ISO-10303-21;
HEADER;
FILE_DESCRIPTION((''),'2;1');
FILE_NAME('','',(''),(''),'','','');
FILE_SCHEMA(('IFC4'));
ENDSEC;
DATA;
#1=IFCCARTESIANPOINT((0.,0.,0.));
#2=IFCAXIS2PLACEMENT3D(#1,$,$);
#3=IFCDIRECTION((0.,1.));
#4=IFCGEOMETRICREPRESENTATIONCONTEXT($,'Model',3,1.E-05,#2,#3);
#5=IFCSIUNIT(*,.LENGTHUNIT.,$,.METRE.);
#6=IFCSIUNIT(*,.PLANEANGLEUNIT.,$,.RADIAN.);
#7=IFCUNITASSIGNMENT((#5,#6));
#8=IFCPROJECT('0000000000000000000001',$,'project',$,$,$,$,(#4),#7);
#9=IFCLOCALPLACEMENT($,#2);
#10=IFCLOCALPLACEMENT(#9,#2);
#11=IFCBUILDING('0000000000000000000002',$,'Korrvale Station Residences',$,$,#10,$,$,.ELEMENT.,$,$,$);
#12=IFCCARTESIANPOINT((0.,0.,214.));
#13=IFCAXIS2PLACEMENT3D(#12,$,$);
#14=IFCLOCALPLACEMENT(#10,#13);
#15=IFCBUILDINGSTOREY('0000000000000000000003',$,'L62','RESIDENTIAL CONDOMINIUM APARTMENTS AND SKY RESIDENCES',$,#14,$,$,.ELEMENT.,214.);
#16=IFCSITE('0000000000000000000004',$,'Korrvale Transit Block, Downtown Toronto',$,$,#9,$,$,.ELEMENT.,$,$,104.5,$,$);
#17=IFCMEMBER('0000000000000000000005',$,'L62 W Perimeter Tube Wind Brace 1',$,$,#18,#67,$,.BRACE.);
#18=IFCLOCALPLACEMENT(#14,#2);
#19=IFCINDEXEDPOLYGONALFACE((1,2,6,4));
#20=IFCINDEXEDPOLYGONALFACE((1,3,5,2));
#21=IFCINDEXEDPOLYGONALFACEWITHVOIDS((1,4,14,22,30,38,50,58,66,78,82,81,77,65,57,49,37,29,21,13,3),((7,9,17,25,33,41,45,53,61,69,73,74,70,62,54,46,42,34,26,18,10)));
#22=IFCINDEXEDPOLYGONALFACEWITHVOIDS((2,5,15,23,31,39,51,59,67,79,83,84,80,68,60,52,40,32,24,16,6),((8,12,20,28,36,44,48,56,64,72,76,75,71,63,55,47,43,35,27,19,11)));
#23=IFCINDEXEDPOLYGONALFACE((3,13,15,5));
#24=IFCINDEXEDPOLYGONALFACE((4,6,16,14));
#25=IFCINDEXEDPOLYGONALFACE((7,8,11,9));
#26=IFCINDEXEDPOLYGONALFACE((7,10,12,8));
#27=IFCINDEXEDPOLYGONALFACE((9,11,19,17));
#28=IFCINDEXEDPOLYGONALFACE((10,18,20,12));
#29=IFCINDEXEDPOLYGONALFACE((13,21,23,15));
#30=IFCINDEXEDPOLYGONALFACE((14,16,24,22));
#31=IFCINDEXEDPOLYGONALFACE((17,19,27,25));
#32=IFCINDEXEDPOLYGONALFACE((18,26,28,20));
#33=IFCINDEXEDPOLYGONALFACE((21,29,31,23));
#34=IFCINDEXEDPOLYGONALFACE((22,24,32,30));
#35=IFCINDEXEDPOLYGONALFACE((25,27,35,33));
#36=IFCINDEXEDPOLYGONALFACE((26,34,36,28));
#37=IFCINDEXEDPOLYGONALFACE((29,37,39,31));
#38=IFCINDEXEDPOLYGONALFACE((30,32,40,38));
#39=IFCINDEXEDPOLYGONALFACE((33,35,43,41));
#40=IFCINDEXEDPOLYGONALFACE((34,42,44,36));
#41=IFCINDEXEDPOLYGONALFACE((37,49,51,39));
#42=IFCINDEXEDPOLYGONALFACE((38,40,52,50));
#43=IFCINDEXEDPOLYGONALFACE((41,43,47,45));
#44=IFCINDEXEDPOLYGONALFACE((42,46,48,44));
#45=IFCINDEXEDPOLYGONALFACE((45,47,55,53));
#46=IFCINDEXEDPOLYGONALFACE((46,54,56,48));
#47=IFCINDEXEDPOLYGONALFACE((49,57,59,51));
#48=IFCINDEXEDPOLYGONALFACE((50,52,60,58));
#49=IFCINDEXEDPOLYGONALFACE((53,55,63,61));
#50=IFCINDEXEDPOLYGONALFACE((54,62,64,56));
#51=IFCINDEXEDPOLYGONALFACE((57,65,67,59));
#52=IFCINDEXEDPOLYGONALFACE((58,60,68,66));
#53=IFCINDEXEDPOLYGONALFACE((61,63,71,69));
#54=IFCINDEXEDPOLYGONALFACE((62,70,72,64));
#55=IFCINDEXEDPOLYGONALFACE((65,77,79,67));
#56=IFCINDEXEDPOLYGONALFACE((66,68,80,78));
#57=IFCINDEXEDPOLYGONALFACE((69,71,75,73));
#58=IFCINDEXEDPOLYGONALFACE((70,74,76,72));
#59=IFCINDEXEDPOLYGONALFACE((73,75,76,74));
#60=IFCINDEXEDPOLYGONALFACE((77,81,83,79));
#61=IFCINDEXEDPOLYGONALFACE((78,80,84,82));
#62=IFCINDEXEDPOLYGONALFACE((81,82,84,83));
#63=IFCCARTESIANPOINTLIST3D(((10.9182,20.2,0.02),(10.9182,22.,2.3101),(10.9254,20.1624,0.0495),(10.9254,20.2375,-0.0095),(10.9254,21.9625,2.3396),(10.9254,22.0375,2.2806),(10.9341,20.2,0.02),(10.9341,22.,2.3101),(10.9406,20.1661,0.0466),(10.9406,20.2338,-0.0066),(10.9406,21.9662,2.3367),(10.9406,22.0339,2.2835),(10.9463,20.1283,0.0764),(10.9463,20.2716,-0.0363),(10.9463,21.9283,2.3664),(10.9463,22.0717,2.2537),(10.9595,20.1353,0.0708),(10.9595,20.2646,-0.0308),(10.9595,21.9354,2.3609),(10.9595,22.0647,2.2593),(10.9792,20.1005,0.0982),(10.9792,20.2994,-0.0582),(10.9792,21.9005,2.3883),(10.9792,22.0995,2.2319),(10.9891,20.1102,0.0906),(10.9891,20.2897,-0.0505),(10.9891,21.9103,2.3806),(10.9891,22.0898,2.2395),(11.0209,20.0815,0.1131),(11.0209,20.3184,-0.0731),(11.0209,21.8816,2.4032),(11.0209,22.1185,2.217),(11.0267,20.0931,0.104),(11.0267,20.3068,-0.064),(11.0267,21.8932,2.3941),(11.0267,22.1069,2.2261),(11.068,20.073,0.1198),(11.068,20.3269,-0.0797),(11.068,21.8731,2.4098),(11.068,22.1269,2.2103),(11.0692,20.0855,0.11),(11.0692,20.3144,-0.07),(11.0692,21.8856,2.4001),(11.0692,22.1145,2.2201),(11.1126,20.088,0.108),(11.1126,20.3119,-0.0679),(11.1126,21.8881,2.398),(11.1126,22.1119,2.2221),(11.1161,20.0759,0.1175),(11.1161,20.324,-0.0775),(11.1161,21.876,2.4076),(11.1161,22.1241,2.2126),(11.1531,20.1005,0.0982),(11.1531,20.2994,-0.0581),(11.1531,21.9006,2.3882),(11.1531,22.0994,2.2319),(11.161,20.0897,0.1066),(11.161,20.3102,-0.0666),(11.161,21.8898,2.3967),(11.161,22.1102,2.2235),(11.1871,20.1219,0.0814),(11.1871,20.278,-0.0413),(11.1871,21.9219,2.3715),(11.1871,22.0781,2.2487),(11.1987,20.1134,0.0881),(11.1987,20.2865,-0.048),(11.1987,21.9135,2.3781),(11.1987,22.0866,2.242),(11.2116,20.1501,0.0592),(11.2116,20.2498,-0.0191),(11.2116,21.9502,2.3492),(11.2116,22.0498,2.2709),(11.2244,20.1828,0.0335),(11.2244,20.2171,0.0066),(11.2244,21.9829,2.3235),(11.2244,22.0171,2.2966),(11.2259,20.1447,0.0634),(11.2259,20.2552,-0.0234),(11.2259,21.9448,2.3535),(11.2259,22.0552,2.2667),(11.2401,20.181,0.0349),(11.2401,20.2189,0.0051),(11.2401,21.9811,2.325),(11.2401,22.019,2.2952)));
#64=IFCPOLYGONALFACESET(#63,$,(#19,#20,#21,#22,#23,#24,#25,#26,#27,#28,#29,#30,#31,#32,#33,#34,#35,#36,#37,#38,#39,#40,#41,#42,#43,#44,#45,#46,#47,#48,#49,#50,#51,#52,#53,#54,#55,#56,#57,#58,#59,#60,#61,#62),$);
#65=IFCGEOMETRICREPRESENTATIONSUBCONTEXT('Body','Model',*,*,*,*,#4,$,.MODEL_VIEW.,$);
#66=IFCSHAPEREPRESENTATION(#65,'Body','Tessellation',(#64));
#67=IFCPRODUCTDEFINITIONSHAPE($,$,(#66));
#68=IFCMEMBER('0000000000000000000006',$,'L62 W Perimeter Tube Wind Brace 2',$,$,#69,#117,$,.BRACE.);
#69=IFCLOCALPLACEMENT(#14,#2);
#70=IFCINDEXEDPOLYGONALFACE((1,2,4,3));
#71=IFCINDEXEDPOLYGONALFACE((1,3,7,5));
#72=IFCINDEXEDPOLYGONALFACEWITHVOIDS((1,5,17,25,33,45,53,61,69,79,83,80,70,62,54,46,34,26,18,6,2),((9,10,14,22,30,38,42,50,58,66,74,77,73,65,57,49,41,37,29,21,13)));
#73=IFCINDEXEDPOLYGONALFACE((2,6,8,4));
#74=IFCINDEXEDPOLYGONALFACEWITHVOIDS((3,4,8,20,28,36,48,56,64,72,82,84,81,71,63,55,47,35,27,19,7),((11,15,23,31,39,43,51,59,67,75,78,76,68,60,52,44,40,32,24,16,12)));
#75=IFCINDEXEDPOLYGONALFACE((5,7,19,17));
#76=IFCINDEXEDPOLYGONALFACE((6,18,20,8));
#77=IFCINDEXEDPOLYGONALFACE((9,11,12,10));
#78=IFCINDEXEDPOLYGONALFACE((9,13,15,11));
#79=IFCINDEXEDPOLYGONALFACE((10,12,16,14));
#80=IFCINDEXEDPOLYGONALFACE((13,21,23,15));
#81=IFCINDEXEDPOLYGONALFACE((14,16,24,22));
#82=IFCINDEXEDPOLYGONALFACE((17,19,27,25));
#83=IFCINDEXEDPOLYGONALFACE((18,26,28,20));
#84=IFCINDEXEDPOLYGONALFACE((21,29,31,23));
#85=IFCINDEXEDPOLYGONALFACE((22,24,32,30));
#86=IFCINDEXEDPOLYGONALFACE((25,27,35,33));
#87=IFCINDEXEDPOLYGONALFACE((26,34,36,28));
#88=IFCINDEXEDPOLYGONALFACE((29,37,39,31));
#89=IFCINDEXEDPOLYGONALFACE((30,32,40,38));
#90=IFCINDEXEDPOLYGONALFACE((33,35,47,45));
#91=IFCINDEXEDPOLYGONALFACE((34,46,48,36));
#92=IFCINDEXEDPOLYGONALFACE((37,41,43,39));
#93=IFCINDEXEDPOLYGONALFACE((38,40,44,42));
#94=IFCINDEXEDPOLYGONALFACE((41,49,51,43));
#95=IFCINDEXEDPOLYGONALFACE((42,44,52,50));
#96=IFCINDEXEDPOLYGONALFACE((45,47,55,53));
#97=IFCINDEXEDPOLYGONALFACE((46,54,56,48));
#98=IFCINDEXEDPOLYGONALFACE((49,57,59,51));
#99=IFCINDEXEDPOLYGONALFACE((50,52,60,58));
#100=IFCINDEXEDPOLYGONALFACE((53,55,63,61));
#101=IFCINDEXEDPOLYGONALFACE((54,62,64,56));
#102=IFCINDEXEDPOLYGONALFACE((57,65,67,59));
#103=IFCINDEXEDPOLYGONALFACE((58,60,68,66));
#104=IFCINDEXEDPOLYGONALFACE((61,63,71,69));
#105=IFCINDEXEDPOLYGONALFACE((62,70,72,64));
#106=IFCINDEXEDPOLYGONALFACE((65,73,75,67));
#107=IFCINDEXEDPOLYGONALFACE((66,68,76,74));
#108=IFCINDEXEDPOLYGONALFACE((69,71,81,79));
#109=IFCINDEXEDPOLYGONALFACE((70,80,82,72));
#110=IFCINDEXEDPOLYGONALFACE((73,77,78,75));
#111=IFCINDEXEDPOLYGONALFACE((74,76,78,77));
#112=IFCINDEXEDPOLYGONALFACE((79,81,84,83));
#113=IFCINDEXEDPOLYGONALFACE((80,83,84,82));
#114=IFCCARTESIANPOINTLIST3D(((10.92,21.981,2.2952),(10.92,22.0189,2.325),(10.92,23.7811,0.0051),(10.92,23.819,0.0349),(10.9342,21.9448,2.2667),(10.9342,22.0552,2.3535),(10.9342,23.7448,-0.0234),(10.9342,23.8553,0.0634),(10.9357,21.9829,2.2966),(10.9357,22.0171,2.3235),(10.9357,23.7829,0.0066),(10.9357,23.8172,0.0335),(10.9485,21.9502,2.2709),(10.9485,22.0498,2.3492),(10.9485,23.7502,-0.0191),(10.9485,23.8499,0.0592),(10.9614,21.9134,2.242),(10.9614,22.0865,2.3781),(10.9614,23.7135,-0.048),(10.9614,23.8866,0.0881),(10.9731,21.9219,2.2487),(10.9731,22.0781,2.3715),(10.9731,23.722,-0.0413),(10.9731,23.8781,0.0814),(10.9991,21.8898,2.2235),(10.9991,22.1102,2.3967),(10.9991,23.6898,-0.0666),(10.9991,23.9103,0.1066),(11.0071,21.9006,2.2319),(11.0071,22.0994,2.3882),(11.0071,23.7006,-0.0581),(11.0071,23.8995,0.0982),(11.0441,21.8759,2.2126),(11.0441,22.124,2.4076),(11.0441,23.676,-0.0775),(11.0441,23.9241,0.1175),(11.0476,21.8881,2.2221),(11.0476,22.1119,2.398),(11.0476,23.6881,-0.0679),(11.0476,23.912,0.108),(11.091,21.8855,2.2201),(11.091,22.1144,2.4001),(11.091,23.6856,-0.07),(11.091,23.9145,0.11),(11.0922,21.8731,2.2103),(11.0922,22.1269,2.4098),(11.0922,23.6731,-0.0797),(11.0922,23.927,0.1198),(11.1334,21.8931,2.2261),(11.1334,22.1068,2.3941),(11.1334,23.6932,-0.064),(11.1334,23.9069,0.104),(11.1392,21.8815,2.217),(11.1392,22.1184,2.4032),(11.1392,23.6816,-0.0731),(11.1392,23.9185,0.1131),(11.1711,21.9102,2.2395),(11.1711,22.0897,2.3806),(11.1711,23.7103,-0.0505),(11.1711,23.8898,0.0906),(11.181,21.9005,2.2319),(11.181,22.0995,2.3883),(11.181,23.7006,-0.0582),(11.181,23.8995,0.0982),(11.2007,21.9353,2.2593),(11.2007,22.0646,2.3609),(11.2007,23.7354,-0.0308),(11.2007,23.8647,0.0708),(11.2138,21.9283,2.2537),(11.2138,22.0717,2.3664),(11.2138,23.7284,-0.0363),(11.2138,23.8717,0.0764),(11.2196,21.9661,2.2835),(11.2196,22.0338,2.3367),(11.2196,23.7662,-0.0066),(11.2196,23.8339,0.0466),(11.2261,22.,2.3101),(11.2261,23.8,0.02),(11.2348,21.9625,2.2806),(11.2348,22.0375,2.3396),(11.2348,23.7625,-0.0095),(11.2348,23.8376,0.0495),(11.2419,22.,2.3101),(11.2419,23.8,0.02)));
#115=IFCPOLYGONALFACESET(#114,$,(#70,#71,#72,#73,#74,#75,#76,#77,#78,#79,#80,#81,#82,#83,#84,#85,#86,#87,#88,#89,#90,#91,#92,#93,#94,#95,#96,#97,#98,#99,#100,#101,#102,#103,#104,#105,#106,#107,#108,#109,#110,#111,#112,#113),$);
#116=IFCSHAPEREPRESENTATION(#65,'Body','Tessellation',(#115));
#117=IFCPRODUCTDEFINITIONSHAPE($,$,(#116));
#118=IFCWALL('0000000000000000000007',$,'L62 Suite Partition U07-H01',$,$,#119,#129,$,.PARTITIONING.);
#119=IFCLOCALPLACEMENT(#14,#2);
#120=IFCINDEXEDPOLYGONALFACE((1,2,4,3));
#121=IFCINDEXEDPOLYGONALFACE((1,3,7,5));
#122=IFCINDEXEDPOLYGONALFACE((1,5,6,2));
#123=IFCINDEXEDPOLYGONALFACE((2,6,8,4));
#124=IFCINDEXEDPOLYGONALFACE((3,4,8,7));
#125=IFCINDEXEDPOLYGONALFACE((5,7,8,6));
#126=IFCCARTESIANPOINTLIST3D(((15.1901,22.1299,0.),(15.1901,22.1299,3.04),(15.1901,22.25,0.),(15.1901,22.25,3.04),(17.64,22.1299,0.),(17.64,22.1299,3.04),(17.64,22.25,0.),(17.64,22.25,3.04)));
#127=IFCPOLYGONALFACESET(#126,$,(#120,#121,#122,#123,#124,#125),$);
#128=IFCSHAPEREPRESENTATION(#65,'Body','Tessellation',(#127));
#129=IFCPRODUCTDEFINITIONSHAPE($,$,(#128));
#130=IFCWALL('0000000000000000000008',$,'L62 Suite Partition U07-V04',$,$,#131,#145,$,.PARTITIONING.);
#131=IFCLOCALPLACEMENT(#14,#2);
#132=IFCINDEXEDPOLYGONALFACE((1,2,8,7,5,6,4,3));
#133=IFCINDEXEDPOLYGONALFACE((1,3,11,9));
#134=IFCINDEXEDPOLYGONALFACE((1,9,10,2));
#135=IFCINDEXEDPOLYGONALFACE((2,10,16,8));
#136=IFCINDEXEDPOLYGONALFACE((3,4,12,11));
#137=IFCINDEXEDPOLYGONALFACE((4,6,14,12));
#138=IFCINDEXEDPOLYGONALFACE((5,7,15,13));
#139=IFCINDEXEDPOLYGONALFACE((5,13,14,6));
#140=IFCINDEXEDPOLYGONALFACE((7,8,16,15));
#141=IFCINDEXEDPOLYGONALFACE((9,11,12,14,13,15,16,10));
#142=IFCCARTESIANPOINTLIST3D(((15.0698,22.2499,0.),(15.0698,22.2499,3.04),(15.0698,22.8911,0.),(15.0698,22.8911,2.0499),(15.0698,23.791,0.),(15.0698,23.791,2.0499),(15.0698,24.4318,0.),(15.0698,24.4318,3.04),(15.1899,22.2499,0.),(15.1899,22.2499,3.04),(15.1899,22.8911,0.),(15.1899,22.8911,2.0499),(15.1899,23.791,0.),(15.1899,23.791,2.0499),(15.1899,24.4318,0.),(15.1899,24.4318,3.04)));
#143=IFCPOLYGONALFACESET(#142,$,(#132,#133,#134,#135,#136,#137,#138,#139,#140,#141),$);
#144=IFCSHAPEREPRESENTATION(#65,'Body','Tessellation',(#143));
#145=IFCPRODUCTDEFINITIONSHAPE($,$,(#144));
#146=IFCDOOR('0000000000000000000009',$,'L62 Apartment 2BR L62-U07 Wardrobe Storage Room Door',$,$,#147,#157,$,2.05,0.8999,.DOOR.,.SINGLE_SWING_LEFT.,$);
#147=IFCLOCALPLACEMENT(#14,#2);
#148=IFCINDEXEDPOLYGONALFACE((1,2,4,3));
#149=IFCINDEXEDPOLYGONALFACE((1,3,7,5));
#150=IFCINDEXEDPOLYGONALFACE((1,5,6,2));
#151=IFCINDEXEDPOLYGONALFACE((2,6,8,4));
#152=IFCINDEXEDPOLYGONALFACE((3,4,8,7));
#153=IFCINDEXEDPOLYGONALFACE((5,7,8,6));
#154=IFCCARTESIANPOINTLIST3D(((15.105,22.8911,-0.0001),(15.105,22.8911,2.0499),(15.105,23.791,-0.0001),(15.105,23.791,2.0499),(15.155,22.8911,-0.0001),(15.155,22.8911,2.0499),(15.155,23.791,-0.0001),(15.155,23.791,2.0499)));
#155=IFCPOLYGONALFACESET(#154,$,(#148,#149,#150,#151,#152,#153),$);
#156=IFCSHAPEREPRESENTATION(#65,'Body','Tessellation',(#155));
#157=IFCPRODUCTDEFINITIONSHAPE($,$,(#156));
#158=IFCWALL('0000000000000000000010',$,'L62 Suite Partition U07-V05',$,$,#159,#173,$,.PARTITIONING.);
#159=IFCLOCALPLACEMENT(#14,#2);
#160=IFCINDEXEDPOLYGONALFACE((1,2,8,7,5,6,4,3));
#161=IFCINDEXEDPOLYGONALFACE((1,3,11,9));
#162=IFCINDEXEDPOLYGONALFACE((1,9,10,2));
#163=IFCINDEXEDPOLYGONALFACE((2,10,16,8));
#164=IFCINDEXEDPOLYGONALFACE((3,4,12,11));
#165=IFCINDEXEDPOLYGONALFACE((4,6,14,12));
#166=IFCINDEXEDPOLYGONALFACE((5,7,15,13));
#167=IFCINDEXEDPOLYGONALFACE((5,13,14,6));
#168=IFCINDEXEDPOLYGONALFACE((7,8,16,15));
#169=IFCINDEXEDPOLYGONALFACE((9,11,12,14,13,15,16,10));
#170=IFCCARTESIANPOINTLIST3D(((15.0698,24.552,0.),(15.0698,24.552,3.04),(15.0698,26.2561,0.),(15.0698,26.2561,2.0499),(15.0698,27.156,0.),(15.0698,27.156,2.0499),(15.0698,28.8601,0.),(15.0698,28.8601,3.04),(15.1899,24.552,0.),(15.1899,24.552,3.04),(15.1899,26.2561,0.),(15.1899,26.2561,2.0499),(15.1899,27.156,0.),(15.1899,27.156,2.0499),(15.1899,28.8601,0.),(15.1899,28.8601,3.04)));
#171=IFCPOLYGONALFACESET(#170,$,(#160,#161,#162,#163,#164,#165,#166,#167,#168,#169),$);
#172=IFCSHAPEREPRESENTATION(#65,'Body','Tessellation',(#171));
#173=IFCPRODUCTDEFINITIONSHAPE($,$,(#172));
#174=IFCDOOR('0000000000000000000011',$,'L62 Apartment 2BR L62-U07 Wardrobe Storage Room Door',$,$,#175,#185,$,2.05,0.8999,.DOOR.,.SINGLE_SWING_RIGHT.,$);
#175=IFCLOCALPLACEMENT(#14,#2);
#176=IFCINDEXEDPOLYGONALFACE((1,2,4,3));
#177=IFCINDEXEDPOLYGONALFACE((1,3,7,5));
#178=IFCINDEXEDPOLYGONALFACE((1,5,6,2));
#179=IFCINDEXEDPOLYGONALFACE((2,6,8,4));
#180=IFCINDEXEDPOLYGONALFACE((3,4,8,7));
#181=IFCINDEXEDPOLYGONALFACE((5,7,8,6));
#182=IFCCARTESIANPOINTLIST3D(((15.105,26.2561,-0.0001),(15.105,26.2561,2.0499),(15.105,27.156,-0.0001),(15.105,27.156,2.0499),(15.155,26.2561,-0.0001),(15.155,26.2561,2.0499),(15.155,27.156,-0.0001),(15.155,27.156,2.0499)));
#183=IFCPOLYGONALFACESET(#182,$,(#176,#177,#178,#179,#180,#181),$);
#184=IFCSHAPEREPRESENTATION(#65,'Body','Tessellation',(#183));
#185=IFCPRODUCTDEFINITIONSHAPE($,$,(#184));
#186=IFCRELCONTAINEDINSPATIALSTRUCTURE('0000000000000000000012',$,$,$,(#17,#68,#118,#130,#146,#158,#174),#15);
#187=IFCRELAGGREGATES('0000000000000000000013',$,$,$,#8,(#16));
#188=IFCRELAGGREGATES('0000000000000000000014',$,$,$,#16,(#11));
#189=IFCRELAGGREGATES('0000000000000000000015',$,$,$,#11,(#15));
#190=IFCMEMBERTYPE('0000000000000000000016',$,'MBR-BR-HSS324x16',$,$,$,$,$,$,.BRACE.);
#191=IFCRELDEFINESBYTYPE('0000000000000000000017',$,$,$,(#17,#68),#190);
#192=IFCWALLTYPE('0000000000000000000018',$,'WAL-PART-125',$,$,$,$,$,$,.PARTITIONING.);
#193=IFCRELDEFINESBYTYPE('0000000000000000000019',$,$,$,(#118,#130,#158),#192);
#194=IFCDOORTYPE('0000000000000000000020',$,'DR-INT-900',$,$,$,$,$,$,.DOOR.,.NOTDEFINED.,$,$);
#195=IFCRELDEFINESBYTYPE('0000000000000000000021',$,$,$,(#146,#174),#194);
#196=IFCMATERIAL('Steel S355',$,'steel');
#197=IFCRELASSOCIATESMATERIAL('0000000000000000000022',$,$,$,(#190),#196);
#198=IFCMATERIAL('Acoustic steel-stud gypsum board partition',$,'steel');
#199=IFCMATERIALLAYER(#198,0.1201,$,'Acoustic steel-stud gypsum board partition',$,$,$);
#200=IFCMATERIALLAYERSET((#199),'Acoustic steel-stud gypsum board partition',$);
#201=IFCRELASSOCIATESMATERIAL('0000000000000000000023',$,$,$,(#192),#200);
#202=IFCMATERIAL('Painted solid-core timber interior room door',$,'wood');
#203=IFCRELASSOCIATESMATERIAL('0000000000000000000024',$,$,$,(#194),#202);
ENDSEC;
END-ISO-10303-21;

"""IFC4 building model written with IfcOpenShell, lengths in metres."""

from ifc_helpers import new_model, si_unit, direction, frame, frame_2d, origin, origin_2d, place, context, subcontext, project, spatial, rectangle, hollow_circle, extrude, material, layer, layer_set, material_profile, profile_set, type_object, element, fill, save


model = new_model("IFC4")

# Units and contexts
model_context = context("Model", 3, precision=1e-05, world=origin(), true_north=direction((0.0, 1.0)))
body_context = subcontext(model_context, "Body", "Model", "MODEL_VIEW")
ifc_project = project(units=[si_unit("LENGTHUNIT", "METRE"), si_unit("PLANEANGLEUNIT", "RADIAN")], contexts=[model_context])

# Site, building, storey
site_placement = place(None, origin())
site = spatial("IfcSite", under=ifc_project, at=site_placement, Name="Korrvale Transit Block, Downtown Toronto", CompositionType="ELEMENT", RefElevation=104.5)
building_placement = place(site_placement, origin())
building = spatial("IfcBuilding", under=site, at=building_placement, Name="Korrvale Station Residences", CompositionType="ELEMENT")
storey_placement = place(building_placement, frame((0.0, 0.0, 214.0)))
storey = spatial("IfcBuildingStorey", under=building, at=storey_placement, Name="L62", Description="RESIDENTIAL CONDOMINIUM APARTMENTS AND SKY RESIDENCES", CompositionType="ELEMENT", Elevation=214.0)

# Shared definitions
ifc_material_1 = material(Name="Steel S355", Category="steel")

# Members
ifc_material_profile_1 = material_profile(ifc_material_1, hollow_circle(Radius=0.1619, WallThickness=0.0159, at=origin_2d()), Name="HSS324x16")
ifc_profile_set_1 = profile_set([ifc_material_profile_1], Name="Steel S355")
member_type = type_object("IfcMemberType", Name="MBR-BR-HSS324x16", PredefinedType="BRACE", material=ifc_profile_set_1)
for number, where, z_axis, x_axis, name in (
    (1, (11.0801, 20.2, 0.02), (0.0, 0.617977, 0.786196), (-1.0, 0.0, 0.0), "L62 W Perimeter Tube Wind Brace 1"),
    (2, (11.0801, 23.8, 0.02), (0.0, -0.617977, 0.786196), (1.0, 0.0, 0.0), "L62 W Perimeter Tube Wind Brace 2"),
):
    element("IfcMember", number, at=place(storey_placement, frame(where, z_axis=z_axis, x_axis=x_axis)), inside=storey, type_object=member_type, Name=name, PredefinedType="BRACE", context=body_context, shape_type="SweptSolid", body=[
        extrude(hollow_circle(Radius=0.1619, WallThickness=0.0159, at=origin_2d()), origin(), (0.0, 0.0, 1.0), 2.9128),
    ])

# Wall
ifc_material_2 = material(Name="Acoustic steel-stud gypsum board partition", Category="steel")
ifc_layer_1 = layer(ifc_material_2, 0.1201, Name="Acoustic steel-stud gypsum board partition")
ifc_layer_set_1 = layer_set([ifc_layer_1], Name="Acoustic steel-stud gypsum board partition")
wall_type_1 = type_object("IfcWallType", Name="WAL-PART-125", PredefinedType="PARTITIONING", material=ifc_layer_set_1)
wall_1_placement = place(storey_placement, frame((15.1899, 22.1899, 0.0), z_axis=(0.0, 0.0, 1.0), x_axis=(1.0, 0.0, 0.0)))
element("IfcWall", 3, at=wall_1_placement, inside=storey, type_object=wall_type_1, Name="L62 Suite Partition U07-H01", PredefinedType="PARTITIONING", context=body_context, shape_type="SweptSolid", body=[
    extrude(rectangle(XDim=2.45, YDim=0.1201, at=frame_2d((1.2251, 0.0))), origin(), (0.0, 0.0, 1.0), 3.04),
])

# Walls, openings, doors
wall_2_placement = place(storey_placement, frame((15.1299, 22.25, 0.0), z_axis=(0.0, 0.0, 1.0), x_axis=(0.0, 1.0, 0.0)))
wall_2 = element("IfcWall", 4, at=wall_2_placement, inside=storey, type_object=wall_type_1, Name="L62 Suite Partition U07-V04", PredefinedType="PARTITIONING", context=body_context, shape_type="SweptSolid", body=[
    extrude(rectangle(XDim=2.1819, YDim=0.1201, at=frame_2d((1.0908, 0.0))), origin(), (0.0, 0.0, 1.0), 3.04),
])
opening_1_placement = place(wall_2_placement, frame((0.6411, 0.0, 0.0)))
opening_1 = element("IfcOpeningElement", 5, at=opening_1_placement, cuts=wall_2, PredefinedType="OPENING", context=body_context, shape_type="SweptSolid", body=[
    extrude(rectangle(XDim=0.8999, YDim=2.05, at=frame_2d((0.45, 1.0249))), frame((0.0, 0.0701, 0.0), z_axis=(0.0, -1.0, 0.0), x_axis=(1.0, 0.0, 0.0)), (0.0, 0.0, 1.0), 0.1401),
])
ifc_material_3 = material(Name="Painted solid-core timber interior room door", Category="wood")
door_type = type_object("IfcDoorType", Name="DR-INT-900", OperationType="NOTDEFINED", PredefinedType="DOOR", material=ifc_material_3)
door_1_placement = place(opening_1_placement, origin())
door_1 = element("IfcDoor", 6, at=door_1_placement, inside=storey, type_object=door_type, Name="L62 Apartment 2BR L62-U07 Wardrobe Storage Room Door", OperationType="SINGLE_SWING_LEFT", OverallHeight=2.05, OverallWidth=0.8999, PredefinedType="DOOR", context=body_context, shape_type="SweptSolid", body=[
    extrude(rectangle(XDim=0.8999, YDim=2.05, at=frame_2d((0.45, 1.0249))), frame((0.0, 0.0249, 0.0), z_axis=(0.0, -1.0, 0.0), x_axis=(1.0, 0.0, 0.0)), (0.0, 0.0, 1.0), 0.05),
])
fill(opening_1, door_1)
wall_3_placement = place(storey_placement, frame((15.1299, 24.552, 0.0), z_axis=(0.0, 0.0, 1.0), x_axis=(0.0, 1.0, 0.0)))
wall_3 = element("IfcWall", 7, at=wall_3_placement, inside=storey, type_object=wall_type_1, Name="L62 Suite Partition U07-V05", PredefinedType="PARTITIONING", context=body_context, shape_type="SweptSolid", body=[
    extrude(rectangle(XDim=4.3081, YDim=0.1201, at=frame_2d((2.1541, 0.0))), origin(), (0.0, 0.0, 1.0), 3.04),
])
opening_2_placement = place(wall_3_placement, frame((1.7041, 0.0, 0.0)))
opening_2 = element("IfcOpeningElement", 8, at=opening_2_placement, cuts=wall_3, PredefinedType="OPENING", context=body_context, shape_type="SweptSolid", body=[
    extrude(rectangle(XDim=0.8999, YDim=2.05, at=frame_2d((0.45, 1.0249))), frame((0.0, 0.0701, 0.0), z_axis=(0.0, -1.0, 0.0), x_axis=(1.0, 0.0, 0.0)), (0.0, 0.0, 1.0), 0.1401),
])
door_2_placement = place(opening_2_placement, origin())
door_2 = element("IfcDoor", 9, at=door_2_placement, inside=storey, type_object=door_type, Name="L62 Apartment 2BR L62-U07 Wardrobe Storage Room Door", OperationType="SINGLE_SWING_RIGHT", OverallHeight=2.05, OverallWidth=0.8999, PredefinedType="DOOR", context=body_context, shape_type="SweptSolid", body=[
    extrude(rectangle(XDim=0.8999, YDim=2.05, at=frame_2d((0.45, 1.0249))), frame((0.0, 0.0249, 0.0), z_axis=(0.0, -1.0, 0.0), x_axis=(1.0, 0.0, 0.0)), (0.0, 0.0, 1.0), 0.05),
])
fill(opening_2, door_2)

save(model, "model.ifc")
